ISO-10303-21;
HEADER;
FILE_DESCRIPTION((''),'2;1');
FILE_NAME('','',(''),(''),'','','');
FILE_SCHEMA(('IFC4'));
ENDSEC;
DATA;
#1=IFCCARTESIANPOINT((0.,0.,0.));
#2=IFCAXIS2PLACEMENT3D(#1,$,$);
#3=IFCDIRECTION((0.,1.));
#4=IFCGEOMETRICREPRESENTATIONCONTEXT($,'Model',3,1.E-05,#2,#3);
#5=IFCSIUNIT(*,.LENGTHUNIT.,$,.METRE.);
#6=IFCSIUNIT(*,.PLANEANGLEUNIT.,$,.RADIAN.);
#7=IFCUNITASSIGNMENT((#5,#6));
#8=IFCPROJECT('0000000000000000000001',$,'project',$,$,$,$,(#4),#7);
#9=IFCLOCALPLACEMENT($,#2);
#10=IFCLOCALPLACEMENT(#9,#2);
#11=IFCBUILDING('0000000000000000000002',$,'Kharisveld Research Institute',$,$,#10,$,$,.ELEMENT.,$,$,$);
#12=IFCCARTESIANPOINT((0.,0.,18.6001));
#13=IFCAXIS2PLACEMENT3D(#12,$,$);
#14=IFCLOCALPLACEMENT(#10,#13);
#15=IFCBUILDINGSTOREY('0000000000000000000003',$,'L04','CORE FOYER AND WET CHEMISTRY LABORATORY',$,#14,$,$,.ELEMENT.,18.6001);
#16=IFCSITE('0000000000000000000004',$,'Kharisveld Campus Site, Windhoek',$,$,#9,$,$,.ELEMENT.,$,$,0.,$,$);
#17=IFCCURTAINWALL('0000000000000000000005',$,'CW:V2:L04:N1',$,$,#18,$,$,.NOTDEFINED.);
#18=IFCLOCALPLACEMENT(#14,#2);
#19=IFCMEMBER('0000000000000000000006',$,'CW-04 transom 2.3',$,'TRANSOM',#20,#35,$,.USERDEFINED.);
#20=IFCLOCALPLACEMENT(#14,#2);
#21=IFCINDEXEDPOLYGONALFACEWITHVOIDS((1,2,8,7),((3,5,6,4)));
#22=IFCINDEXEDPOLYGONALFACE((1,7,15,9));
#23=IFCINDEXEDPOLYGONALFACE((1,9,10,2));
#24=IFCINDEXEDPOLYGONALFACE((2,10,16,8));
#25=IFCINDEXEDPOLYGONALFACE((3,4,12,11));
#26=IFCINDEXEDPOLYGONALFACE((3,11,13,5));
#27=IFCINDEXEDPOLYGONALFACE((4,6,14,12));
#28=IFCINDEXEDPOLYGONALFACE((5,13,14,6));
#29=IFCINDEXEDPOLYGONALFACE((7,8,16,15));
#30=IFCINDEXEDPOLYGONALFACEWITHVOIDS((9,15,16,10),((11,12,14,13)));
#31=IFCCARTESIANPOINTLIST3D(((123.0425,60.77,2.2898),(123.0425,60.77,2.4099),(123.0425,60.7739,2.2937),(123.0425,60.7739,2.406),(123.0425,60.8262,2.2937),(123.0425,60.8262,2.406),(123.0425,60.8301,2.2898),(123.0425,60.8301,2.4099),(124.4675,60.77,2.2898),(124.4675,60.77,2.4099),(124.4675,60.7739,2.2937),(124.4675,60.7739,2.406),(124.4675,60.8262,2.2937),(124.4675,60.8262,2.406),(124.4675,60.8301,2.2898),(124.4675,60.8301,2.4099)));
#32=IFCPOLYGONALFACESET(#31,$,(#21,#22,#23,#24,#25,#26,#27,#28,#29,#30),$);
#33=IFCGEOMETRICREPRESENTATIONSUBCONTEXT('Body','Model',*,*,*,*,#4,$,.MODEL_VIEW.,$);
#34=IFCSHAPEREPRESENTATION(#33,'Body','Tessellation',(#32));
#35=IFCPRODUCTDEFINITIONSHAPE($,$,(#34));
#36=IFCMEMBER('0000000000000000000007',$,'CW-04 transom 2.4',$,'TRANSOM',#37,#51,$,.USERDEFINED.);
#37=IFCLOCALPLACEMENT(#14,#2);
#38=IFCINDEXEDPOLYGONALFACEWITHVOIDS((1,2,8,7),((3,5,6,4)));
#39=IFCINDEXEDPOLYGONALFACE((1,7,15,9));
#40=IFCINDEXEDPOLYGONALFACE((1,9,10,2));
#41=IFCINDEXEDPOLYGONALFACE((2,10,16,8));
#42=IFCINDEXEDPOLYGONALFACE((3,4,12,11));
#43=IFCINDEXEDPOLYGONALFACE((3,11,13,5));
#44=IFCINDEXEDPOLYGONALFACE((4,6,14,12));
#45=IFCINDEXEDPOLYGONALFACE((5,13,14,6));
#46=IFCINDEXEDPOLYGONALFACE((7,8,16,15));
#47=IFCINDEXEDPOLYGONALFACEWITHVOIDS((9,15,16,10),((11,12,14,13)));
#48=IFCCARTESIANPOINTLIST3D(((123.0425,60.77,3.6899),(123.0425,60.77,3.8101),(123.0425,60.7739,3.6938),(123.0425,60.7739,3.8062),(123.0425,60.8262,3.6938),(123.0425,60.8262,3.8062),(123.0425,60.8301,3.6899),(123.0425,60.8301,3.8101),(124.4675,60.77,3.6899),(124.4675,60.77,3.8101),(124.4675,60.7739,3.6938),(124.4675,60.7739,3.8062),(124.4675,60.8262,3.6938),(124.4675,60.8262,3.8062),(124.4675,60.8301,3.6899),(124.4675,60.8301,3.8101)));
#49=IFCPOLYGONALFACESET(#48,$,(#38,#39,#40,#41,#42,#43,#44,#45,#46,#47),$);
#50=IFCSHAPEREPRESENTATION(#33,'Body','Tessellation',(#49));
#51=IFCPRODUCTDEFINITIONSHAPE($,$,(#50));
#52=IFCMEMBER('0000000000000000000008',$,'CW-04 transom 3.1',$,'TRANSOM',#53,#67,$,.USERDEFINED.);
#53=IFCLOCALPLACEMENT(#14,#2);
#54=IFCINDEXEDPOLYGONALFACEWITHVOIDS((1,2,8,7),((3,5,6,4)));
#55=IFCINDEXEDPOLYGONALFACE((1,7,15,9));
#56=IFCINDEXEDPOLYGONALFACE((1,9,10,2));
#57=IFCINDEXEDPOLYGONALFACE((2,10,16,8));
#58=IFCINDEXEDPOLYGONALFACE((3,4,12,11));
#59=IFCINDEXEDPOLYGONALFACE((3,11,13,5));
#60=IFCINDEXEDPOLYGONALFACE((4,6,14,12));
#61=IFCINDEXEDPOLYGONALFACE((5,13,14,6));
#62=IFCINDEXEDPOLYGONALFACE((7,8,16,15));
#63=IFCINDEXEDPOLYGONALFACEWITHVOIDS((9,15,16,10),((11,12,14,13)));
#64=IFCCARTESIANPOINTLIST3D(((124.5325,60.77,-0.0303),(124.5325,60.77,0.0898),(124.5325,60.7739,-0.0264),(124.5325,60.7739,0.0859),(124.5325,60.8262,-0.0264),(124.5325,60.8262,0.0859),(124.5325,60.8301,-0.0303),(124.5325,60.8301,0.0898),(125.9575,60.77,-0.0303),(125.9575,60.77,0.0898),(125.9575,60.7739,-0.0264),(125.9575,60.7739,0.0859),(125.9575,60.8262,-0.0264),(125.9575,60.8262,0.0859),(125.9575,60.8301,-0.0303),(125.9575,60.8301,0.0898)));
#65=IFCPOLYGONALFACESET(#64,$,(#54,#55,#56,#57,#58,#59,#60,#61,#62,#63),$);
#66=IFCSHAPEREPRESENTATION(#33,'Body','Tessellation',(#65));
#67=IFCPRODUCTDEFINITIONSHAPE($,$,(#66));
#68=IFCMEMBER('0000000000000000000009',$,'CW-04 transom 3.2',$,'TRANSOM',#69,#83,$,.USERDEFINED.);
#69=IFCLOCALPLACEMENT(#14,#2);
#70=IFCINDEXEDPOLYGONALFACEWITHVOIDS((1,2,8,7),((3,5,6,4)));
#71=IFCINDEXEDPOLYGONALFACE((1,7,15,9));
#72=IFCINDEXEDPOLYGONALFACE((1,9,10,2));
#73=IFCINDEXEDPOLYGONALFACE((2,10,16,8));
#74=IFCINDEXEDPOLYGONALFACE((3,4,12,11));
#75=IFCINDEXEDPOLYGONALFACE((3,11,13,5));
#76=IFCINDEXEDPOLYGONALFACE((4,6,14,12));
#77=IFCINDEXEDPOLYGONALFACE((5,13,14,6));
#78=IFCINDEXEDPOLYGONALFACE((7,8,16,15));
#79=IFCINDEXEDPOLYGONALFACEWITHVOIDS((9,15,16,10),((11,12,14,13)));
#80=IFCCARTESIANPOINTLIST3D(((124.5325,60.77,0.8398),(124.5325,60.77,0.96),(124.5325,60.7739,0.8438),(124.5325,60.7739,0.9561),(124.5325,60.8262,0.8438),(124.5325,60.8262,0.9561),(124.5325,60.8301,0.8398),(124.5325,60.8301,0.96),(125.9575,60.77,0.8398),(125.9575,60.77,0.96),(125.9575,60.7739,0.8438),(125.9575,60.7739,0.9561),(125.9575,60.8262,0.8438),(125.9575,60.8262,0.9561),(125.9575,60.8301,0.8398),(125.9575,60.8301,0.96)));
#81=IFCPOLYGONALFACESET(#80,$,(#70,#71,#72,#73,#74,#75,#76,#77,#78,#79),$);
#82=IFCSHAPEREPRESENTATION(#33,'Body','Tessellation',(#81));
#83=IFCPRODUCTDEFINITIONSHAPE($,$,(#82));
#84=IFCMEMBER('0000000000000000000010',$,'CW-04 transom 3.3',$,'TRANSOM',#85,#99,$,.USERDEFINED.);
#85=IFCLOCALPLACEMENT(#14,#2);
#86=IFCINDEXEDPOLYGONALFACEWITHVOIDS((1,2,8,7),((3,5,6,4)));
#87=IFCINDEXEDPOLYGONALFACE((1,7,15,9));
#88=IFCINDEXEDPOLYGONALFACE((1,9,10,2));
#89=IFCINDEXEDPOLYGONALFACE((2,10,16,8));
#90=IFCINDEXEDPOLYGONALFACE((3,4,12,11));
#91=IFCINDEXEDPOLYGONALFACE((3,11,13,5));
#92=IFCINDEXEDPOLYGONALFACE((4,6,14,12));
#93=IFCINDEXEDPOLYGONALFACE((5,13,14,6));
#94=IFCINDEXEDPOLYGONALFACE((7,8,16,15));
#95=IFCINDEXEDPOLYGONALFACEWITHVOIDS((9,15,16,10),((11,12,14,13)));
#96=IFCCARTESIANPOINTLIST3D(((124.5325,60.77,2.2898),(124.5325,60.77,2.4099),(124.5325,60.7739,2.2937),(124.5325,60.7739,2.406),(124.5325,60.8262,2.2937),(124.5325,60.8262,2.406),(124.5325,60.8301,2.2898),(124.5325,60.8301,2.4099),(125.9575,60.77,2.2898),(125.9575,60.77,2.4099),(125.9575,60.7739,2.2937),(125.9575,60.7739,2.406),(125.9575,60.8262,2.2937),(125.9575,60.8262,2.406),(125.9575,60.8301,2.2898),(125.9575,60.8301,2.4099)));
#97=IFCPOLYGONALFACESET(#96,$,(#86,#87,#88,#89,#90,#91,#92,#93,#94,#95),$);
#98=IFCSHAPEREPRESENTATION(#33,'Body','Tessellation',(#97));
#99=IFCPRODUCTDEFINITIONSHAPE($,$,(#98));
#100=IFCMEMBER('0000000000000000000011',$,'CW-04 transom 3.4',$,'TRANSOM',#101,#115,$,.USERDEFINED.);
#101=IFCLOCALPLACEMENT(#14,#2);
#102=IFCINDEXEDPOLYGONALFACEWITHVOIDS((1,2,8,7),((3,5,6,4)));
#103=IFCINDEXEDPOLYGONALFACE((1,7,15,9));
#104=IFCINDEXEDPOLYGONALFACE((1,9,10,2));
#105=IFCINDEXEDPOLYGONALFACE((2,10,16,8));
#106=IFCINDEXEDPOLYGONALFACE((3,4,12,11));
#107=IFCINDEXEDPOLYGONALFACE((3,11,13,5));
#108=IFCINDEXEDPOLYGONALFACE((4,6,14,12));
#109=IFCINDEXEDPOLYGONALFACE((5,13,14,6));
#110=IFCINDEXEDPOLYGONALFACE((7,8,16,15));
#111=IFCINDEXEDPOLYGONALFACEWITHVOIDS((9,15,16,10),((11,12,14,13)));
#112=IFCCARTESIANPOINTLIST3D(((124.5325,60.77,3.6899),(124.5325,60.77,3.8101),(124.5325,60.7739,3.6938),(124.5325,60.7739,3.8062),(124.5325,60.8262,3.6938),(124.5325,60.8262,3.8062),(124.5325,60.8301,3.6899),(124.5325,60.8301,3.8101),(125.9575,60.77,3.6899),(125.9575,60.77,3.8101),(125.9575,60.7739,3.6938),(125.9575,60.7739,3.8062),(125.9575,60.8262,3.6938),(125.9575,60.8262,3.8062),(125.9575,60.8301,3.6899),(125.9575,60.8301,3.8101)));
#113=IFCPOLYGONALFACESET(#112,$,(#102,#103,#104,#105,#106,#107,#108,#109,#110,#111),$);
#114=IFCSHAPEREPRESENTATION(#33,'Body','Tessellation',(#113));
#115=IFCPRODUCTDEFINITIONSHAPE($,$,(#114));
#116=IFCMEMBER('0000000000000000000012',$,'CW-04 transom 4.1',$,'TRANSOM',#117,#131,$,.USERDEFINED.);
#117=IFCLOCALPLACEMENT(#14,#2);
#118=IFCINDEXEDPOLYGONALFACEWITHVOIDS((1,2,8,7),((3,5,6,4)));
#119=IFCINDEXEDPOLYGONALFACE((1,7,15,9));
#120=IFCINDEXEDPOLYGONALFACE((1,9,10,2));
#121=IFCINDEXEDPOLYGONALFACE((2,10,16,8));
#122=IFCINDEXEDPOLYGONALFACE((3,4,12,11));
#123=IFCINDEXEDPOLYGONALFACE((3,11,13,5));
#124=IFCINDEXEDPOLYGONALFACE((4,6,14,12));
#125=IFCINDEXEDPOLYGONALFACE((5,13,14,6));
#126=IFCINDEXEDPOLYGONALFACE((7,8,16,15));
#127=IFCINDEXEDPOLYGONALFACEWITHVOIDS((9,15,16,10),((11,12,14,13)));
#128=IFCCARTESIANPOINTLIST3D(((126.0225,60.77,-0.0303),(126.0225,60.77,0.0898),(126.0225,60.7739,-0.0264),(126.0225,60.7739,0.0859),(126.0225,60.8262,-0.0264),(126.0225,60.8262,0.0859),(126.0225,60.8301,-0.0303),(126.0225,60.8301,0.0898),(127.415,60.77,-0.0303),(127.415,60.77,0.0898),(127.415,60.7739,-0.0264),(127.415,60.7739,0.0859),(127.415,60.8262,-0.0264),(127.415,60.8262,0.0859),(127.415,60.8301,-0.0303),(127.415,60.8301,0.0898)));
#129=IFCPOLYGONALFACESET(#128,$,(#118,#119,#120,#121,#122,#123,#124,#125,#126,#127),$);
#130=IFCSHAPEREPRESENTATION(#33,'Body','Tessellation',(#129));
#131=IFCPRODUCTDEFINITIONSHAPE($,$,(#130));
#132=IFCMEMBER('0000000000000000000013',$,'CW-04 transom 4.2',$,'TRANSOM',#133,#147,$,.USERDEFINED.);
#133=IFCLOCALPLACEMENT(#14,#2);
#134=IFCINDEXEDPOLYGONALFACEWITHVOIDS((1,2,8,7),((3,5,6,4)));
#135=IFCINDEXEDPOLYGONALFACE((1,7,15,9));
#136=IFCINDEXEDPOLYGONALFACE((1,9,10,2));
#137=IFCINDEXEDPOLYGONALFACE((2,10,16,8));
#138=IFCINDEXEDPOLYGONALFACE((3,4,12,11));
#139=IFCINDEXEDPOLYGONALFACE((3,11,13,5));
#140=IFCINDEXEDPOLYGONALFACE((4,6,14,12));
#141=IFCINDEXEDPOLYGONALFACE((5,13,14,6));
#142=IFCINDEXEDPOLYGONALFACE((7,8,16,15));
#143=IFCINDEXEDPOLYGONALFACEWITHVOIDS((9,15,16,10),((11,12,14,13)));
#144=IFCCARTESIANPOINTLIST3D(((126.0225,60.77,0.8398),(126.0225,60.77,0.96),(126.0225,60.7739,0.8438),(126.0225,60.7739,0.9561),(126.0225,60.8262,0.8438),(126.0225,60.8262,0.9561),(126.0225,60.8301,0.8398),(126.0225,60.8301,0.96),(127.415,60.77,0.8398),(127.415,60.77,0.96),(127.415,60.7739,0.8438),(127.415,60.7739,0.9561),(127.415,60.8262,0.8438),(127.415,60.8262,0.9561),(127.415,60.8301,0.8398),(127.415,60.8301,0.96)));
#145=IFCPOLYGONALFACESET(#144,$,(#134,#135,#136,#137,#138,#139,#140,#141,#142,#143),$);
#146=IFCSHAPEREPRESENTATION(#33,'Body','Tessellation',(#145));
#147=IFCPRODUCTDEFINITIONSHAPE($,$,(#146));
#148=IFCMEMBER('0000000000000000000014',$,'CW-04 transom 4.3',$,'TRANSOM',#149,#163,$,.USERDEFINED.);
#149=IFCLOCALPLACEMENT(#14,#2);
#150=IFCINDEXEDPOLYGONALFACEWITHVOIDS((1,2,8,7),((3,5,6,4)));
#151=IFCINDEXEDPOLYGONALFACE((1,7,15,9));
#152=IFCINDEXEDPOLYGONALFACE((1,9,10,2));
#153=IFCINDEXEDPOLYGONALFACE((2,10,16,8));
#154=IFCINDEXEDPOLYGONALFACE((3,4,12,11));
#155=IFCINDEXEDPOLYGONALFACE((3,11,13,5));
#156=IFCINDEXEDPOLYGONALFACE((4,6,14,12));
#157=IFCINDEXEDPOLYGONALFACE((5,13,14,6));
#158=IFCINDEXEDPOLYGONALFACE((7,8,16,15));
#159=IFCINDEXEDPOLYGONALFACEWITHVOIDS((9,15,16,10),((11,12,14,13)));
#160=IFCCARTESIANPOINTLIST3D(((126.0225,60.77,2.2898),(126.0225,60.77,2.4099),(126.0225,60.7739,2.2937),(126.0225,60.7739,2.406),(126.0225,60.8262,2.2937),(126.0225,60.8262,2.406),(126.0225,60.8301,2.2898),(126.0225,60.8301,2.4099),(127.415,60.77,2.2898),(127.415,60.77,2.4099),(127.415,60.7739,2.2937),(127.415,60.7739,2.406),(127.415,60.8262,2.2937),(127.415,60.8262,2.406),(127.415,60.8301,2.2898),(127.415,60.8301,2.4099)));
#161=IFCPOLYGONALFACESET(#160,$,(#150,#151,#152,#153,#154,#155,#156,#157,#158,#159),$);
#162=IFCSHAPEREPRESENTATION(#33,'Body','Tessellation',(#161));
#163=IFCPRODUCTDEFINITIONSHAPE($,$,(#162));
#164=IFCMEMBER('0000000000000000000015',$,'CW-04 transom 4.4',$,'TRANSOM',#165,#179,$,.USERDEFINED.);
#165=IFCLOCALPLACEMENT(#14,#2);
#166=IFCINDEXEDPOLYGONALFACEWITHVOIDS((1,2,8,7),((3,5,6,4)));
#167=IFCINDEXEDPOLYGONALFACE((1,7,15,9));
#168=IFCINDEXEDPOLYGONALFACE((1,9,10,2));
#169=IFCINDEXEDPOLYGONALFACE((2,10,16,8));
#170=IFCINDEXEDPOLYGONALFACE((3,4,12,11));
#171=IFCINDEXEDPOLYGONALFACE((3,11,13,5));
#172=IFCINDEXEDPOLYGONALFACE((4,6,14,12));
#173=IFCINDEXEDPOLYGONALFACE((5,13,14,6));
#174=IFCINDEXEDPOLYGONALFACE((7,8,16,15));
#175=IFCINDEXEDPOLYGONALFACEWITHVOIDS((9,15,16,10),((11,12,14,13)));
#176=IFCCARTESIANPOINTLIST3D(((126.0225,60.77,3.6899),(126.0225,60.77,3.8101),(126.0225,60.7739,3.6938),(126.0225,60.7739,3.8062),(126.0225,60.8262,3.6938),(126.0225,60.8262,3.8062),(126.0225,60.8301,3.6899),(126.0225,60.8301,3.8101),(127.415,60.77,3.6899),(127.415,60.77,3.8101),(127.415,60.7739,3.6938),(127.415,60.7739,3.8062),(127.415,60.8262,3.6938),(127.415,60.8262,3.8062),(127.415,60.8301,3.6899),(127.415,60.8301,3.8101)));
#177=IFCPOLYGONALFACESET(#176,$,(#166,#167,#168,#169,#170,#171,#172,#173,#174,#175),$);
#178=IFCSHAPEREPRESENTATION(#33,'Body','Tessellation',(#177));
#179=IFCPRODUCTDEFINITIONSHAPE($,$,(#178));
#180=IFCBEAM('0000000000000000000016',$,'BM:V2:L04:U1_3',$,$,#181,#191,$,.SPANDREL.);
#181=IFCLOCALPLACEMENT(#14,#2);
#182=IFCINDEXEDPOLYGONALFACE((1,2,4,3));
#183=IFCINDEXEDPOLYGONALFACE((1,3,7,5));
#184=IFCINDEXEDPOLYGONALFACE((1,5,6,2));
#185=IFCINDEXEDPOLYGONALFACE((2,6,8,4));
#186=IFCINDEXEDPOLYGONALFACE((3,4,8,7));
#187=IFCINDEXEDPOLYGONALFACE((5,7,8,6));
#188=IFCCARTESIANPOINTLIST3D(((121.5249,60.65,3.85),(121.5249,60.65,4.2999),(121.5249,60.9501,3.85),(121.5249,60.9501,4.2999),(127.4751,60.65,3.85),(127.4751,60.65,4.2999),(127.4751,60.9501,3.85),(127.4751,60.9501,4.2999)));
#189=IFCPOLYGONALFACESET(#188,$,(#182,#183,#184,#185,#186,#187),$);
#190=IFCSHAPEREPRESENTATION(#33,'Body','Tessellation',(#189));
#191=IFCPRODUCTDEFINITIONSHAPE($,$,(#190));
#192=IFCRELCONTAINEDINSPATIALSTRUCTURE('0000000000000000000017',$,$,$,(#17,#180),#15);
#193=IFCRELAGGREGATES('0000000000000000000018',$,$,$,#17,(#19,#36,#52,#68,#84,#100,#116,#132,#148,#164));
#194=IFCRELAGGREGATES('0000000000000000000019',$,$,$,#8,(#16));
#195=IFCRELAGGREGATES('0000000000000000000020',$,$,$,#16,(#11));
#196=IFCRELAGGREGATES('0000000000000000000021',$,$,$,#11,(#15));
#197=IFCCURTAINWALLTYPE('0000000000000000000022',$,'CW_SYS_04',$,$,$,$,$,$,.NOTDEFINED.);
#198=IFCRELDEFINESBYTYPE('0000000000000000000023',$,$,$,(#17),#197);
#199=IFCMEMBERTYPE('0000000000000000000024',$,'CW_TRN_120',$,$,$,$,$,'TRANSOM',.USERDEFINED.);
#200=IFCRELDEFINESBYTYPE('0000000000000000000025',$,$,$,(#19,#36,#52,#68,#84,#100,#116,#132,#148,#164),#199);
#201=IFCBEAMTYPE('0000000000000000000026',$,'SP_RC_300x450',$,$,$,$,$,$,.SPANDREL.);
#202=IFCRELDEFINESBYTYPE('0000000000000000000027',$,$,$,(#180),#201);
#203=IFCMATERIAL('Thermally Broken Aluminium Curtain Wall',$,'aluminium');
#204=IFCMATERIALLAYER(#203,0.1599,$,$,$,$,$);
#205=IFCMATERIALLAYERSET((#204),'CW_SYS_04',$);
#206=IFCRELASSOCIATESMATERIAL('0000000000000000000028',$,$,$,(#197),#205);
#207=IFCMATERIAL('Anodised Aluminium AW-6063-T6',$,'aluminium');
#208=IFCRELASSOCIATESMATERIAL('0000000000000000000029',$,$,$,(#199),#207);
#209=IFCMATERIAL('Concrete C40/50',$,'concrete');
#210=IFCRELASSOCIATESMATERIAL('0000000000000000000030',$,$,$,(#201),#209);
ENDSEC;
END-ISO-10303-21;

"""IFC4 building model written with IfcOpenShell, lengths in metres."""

from ifc_helpers import new_model, si_unit, direction, frame, origin, origin_2d, place, context, subcontext, project, spatial, rectangle, hollow_rectangle, extrude, material, layer, layer_set, material_profile, profile_set, type_object, element, aggregate, save


model = new_model("IFC4")

# Units and contexts
model_context = context("Model", 3, precision=1e-05, world=origin(), true_north=direction((0.0, 1.0)))
body_context = subcontext(model_context, "Body", "Model", "MODEL_VIEW")
ifc_project = project(units=[si_unit("LENGTHUNIT", "METRE"), si_unit("PLANEANGLEUNIT", "RADIAN")], contexts=[model_context])

# Site, building, storey
site_placement = place(None, origin())
site = spatial("IfcSite", under=ifc_project, at=site_placement, Name="Kharisveld Campus Site, Windhoek", CompositionType="ELEMENT", RefElevation=0.0)
building_placement = place(site_placement, origin())
building = spatial("IfcBuilding", under=site, at=building_placement, Name="Kharisveld Research Institute", CompositionType="ELEMENT")
storey_placement = place(building_placement, frame((0.0, 0.0, 18.6001)))
storey = spatial("IfcBuildingStorey", under=building, at=storey_placement, Name="L04", Description="CORE FOYER AND WET CHEMISTRY LABORATORY", CompositionType="ELEMENT", Elevation=18.6001)

# Curtain wall, members
ifc_material_1 = material(Name="Thermally Broken Aluminium Curtain Wall", Category="aluminium")
ifc_layer_1 = layer(ifc_material_1, 0.1599)
ifc_layer_set_1 = layer_set([ifc_layer_1], Name="CW_SYS_04")
curtain_wall_type = type_object("IfcCurtainWallType", Name="CW_SYS_04", PredefinedType="NOTDEFINED", material=ifc_layer_set_1)
curtain_wall_placement = place(storey_placement, origin())
curtain_wall = element("IfcCurtainWall", 1, at=curtain_wall_placement, inside=storey, type_object=curtain_wall_type, Name="CW:V2:L04:N1", PredefinedType="NOTDEFINED")
ifc_material_2 = material(Name="Anodised Aluminium AW-6063-T6", Category="aluminium")
ifc_material_profile_1 = material_profile(ifc_material_2, hollow_rectangle(XDim=0.0601, YDim=0.1201, WallThickness=0.0039, at=origin_2d()))
ifc_profile_set_1 = profile_set([ifc_material_profile_1], Name="Anodised Aluminium AW-6063-T6")
member_type_1 = type_object("IfcMemberType", Name="CW_TRN_120", ElementType="TRANSOM", PredefinedType="USERDEFINED", material=ifc_profile_set_1)
member_1_placement = place(storey_placement, frame((123.0425, 60.8, 2.3499), z_axis=(1.0, 0.0, 0.0), x_axis=(0.0, 1.0, 0.0)))
member_1 = element("IfcMember", 2, at=member_1_placement, type_object=member_type_1, Name="CW-04 transom 2.3", ObjectType="TRANSOM", PredefinedType="USERDEFINED", context=body_context, shape_type="SweptSolid", body=[
    extrude(hollow_rectangle(XDim=0.0601, YDim=0.1201, WallThickness=0.0039, at=origin_2d()), origin(), (0.0, 0.0, 1.0), 1.425),
])
member_2_placement = place(storey_placement, frame((123.0425, 60.8, 3.75), z_axis=(1.0, 0.0, 0.0), x_axis=(0.0, 1.0, 0.0)))
member_2 = element("IfcMember", 3, at=member_2_placement, type_object=member_type_1, Name="CW-04 transom 2.4", ObjectType="TRANSOM", PredefinedType="USERDEFINED", context=body_context, shape_type="SweptSolid", body=[
    extrude(hollow_rectangle(XDim=0.0601, YDim=0.1201, WallThickness=0.0039, at=origin_2d()), origin(), (0.0, 0.0, 1.0), 1.425),
])
member_3_placement = place(storey_placement, frame((124.5325, 60.8, 0.0298), z_axis=(1.0, 0.0, 0.0), x_axis=(0.0, 1.0, 0.0)))
member_3 = element("IfcMember", 4, at=member_3_placement, type_object=member_type_1, Name="CW-04 transom 3.1", ObjectType="TRANSOM", PredefinedType="USERDEFINED", context=body_context, shape_type="SweptSolid", body=[
    extrude(hollow_rectangle(XDim=0.0601, YDim=0.1201, WallThickness=0.0039, at=origin_2d()), origin(), (0.0, 0.0, 1.0), 1.425),
])
member_4_placement = place(storey_placement, frame((124.5325, 60.8, 0.8999), z_axis=(1.0, 0.0, 0.0), x_axis=(0.0, 1.0, 0.0)))
member_4 = element("IfcMember", 5, at=member_4_placement, type_object=member_type_1, Name="CW-04 transom 3.2", ObjectType="TRANSOM", PredefinedType="USERDEFINED", context=body_context, shape_type="SweptSolid", body=[
    extrude(hollow_rectangle(XDim=0.0601, YDim=0.1201, WallThickness=0.0039, at=origin_2d()), origin(), (0.0, 0.0, 1.0), 1.425),
])
member_5_placement = place(storey_placement, frame((124.5325, 60.8, 2.3499), z_axis=(1.0, 0.0, 0.0), x_axis=(0.0, 1.0, 0.0)))
member_5 = element("IfcMember", 6, at=member_5_placement, type_object=member_type_1, Name="CW-04 transom 3.3", ObjectType="TRANSOM", PredefinedType="USERDEFINED", context=body_context, shape_type="SweptSolid", body=[
    extrude(hollow_rectangle(XDim=0.0601, YDim=0.1201, WallThickness=0.0039, at=origin_2d()), origin(), (0.0, 0.0, 1.0), 1.425),
])
member_6_placement = place(storey_placement, frame((124.5325, 60.8, 3.75), z_axis=(1.0, 0.0, 0.0), x_axis=(0.0, 1.0, 0.0)))
member_6 = element("IfcMember", 7, at=member_6_placement, type_object=member_type_1, Name="CW-04 transom 3.4", ObjectType="TRANSOM", PredefinedType="USERDEFINED", context=body_context, shape_type="SweptSolid", body=[
    extrude(hollow_rectangle(XDim=0.0601, YDim=0.1201, WallThickness=0.0039, at=origin_2d()), origin(), (0.0, 0.0, 1.0), 1.425),
])
member_7_placement = place(storey_placement, frame((126.0225, 60.8, 0.0298), z_axis=(1.0, 0.0, 0.0), x_axis=(0.0, 1.0, 0.0)))
member_7 = element("IfcMember", 8, at=member_7_placement, type_object=member_type_1, Name="CW-04 transom 4.1", ObjectType="TRANSOM", PredefinedType="USERDEFINED", context=body_context, shape_type="SweptSolid", body=[
    extrude(hollow_rectangle(XDim=0.0601, YDim=0.1201, WallThickness=0.0039, at=origin_2d()), origin(), (0.0, 0.0, 1.0), 1.3926),
])
member_8_placement = place(storey_placement, frame((126.0225, 60.8, 0.8999), z_axis=(1.0, 0.0, 0.0), x_axis=(0.0, 1.0, 0.0)))
member_8 = element("IfcMember", 9, at=member_8_placement, type_object=member_type_1, Name="CW-04 transom 4.2", ObjectType="TRANSOM", PredefinedType="USERDEFINED", context=body_context, shape_type="SweptSolid", body=[
    extrude(hollow_rectangle(XDim=0.0601, YDim=0.1201, WallThickness=0.0039, at=origin_2d()), origin(), (0.0, 0.0, 1.0), 1.3926),
])
member_9_placement = place(storey_placement, frame((126.0225, 60.8, 2.3499), z_axis=(1.0, 0.0, 0.0), x_axis=(0.0, 1.0, 0.0)))
member_9 = element("IfcMember", 10, at=member_9_placement, type_object=member_type_1, Name="CW-04 transom 4.3", ObjectType="TRANSOM", PredefinedType="USERDEFINED", context=body_context, shape_type="SweptSolid", body=[
    extrude(hollow_rectangle(XDim=0.0601, YDim=0.1201, WallThickness=0.0039, at=origin_2d()), origin(), (0.0, 0.0, 1.0), 1.3926),
])
member_10_placement = place(storey_placement, frame((126.0225, 60.8, 3.75), z_axis=(1.0, 0.0, 0.0), x_axis=(0.0, 1.0, 0.0)))
member_10 = element("IfcMember", 11, at=member_10_placement, type_object=member_type_1, Name="CW-04 transom 4.4", ObjectType="TRANSOM", PredefinedType="USERDEFINED", context=body_context, shape_type="SweptSolid", body=[
    extrude(hollow_rectangle(XDim=0.0601, YDim=0.1201, WallThickness=0.0039, at=origin_2d()), origin(), (0.0, 0.0, 1.0), 1.3926),
])

# Beam
ifc_material_3 = material(Name="Concrete C40/50", Category="concrete")
ifc_material_profile_2 = material_profile(ifc_material_3, rectangle(XDim=0.3, YDim=0.45, at=origin_2d()))
ifc_profile_set_2 = profile_set([ifc_material_profile_2], Name="Concrete C40/50")
beam_type = type_object("IfcBeamType", Name="SP_RC_300x450", PredefinedType="SPANDREL", material=ifc_profile_set_2)
beam_placement = place(storey_placement, frame((121.5249, 60.8, 4.075), z_axis=(1.0, 0.0, 0.0), x_axis=(0.0, 1.0, 0.0)))
element("IfcBeam", 12, at=beam_placement, inside=storey, type_object=beam_type, Name="BM:V2:L04:U1_3", PredefinedType="SPANDREL", context=body_context, shape_type="SweptSolid", body=[
    extrude(rectangle(XDim=0.3, YDim=0.45, at=origin_2d()), origin(), (0.0, 0.0, 1.0), 5.9502),
])

aggregate(curtain_wall, [member_1, member_2, member_3, member_4, member_5, member_6, member_7, member_8, member_9, member_10])

save(model, "model.ifc")
